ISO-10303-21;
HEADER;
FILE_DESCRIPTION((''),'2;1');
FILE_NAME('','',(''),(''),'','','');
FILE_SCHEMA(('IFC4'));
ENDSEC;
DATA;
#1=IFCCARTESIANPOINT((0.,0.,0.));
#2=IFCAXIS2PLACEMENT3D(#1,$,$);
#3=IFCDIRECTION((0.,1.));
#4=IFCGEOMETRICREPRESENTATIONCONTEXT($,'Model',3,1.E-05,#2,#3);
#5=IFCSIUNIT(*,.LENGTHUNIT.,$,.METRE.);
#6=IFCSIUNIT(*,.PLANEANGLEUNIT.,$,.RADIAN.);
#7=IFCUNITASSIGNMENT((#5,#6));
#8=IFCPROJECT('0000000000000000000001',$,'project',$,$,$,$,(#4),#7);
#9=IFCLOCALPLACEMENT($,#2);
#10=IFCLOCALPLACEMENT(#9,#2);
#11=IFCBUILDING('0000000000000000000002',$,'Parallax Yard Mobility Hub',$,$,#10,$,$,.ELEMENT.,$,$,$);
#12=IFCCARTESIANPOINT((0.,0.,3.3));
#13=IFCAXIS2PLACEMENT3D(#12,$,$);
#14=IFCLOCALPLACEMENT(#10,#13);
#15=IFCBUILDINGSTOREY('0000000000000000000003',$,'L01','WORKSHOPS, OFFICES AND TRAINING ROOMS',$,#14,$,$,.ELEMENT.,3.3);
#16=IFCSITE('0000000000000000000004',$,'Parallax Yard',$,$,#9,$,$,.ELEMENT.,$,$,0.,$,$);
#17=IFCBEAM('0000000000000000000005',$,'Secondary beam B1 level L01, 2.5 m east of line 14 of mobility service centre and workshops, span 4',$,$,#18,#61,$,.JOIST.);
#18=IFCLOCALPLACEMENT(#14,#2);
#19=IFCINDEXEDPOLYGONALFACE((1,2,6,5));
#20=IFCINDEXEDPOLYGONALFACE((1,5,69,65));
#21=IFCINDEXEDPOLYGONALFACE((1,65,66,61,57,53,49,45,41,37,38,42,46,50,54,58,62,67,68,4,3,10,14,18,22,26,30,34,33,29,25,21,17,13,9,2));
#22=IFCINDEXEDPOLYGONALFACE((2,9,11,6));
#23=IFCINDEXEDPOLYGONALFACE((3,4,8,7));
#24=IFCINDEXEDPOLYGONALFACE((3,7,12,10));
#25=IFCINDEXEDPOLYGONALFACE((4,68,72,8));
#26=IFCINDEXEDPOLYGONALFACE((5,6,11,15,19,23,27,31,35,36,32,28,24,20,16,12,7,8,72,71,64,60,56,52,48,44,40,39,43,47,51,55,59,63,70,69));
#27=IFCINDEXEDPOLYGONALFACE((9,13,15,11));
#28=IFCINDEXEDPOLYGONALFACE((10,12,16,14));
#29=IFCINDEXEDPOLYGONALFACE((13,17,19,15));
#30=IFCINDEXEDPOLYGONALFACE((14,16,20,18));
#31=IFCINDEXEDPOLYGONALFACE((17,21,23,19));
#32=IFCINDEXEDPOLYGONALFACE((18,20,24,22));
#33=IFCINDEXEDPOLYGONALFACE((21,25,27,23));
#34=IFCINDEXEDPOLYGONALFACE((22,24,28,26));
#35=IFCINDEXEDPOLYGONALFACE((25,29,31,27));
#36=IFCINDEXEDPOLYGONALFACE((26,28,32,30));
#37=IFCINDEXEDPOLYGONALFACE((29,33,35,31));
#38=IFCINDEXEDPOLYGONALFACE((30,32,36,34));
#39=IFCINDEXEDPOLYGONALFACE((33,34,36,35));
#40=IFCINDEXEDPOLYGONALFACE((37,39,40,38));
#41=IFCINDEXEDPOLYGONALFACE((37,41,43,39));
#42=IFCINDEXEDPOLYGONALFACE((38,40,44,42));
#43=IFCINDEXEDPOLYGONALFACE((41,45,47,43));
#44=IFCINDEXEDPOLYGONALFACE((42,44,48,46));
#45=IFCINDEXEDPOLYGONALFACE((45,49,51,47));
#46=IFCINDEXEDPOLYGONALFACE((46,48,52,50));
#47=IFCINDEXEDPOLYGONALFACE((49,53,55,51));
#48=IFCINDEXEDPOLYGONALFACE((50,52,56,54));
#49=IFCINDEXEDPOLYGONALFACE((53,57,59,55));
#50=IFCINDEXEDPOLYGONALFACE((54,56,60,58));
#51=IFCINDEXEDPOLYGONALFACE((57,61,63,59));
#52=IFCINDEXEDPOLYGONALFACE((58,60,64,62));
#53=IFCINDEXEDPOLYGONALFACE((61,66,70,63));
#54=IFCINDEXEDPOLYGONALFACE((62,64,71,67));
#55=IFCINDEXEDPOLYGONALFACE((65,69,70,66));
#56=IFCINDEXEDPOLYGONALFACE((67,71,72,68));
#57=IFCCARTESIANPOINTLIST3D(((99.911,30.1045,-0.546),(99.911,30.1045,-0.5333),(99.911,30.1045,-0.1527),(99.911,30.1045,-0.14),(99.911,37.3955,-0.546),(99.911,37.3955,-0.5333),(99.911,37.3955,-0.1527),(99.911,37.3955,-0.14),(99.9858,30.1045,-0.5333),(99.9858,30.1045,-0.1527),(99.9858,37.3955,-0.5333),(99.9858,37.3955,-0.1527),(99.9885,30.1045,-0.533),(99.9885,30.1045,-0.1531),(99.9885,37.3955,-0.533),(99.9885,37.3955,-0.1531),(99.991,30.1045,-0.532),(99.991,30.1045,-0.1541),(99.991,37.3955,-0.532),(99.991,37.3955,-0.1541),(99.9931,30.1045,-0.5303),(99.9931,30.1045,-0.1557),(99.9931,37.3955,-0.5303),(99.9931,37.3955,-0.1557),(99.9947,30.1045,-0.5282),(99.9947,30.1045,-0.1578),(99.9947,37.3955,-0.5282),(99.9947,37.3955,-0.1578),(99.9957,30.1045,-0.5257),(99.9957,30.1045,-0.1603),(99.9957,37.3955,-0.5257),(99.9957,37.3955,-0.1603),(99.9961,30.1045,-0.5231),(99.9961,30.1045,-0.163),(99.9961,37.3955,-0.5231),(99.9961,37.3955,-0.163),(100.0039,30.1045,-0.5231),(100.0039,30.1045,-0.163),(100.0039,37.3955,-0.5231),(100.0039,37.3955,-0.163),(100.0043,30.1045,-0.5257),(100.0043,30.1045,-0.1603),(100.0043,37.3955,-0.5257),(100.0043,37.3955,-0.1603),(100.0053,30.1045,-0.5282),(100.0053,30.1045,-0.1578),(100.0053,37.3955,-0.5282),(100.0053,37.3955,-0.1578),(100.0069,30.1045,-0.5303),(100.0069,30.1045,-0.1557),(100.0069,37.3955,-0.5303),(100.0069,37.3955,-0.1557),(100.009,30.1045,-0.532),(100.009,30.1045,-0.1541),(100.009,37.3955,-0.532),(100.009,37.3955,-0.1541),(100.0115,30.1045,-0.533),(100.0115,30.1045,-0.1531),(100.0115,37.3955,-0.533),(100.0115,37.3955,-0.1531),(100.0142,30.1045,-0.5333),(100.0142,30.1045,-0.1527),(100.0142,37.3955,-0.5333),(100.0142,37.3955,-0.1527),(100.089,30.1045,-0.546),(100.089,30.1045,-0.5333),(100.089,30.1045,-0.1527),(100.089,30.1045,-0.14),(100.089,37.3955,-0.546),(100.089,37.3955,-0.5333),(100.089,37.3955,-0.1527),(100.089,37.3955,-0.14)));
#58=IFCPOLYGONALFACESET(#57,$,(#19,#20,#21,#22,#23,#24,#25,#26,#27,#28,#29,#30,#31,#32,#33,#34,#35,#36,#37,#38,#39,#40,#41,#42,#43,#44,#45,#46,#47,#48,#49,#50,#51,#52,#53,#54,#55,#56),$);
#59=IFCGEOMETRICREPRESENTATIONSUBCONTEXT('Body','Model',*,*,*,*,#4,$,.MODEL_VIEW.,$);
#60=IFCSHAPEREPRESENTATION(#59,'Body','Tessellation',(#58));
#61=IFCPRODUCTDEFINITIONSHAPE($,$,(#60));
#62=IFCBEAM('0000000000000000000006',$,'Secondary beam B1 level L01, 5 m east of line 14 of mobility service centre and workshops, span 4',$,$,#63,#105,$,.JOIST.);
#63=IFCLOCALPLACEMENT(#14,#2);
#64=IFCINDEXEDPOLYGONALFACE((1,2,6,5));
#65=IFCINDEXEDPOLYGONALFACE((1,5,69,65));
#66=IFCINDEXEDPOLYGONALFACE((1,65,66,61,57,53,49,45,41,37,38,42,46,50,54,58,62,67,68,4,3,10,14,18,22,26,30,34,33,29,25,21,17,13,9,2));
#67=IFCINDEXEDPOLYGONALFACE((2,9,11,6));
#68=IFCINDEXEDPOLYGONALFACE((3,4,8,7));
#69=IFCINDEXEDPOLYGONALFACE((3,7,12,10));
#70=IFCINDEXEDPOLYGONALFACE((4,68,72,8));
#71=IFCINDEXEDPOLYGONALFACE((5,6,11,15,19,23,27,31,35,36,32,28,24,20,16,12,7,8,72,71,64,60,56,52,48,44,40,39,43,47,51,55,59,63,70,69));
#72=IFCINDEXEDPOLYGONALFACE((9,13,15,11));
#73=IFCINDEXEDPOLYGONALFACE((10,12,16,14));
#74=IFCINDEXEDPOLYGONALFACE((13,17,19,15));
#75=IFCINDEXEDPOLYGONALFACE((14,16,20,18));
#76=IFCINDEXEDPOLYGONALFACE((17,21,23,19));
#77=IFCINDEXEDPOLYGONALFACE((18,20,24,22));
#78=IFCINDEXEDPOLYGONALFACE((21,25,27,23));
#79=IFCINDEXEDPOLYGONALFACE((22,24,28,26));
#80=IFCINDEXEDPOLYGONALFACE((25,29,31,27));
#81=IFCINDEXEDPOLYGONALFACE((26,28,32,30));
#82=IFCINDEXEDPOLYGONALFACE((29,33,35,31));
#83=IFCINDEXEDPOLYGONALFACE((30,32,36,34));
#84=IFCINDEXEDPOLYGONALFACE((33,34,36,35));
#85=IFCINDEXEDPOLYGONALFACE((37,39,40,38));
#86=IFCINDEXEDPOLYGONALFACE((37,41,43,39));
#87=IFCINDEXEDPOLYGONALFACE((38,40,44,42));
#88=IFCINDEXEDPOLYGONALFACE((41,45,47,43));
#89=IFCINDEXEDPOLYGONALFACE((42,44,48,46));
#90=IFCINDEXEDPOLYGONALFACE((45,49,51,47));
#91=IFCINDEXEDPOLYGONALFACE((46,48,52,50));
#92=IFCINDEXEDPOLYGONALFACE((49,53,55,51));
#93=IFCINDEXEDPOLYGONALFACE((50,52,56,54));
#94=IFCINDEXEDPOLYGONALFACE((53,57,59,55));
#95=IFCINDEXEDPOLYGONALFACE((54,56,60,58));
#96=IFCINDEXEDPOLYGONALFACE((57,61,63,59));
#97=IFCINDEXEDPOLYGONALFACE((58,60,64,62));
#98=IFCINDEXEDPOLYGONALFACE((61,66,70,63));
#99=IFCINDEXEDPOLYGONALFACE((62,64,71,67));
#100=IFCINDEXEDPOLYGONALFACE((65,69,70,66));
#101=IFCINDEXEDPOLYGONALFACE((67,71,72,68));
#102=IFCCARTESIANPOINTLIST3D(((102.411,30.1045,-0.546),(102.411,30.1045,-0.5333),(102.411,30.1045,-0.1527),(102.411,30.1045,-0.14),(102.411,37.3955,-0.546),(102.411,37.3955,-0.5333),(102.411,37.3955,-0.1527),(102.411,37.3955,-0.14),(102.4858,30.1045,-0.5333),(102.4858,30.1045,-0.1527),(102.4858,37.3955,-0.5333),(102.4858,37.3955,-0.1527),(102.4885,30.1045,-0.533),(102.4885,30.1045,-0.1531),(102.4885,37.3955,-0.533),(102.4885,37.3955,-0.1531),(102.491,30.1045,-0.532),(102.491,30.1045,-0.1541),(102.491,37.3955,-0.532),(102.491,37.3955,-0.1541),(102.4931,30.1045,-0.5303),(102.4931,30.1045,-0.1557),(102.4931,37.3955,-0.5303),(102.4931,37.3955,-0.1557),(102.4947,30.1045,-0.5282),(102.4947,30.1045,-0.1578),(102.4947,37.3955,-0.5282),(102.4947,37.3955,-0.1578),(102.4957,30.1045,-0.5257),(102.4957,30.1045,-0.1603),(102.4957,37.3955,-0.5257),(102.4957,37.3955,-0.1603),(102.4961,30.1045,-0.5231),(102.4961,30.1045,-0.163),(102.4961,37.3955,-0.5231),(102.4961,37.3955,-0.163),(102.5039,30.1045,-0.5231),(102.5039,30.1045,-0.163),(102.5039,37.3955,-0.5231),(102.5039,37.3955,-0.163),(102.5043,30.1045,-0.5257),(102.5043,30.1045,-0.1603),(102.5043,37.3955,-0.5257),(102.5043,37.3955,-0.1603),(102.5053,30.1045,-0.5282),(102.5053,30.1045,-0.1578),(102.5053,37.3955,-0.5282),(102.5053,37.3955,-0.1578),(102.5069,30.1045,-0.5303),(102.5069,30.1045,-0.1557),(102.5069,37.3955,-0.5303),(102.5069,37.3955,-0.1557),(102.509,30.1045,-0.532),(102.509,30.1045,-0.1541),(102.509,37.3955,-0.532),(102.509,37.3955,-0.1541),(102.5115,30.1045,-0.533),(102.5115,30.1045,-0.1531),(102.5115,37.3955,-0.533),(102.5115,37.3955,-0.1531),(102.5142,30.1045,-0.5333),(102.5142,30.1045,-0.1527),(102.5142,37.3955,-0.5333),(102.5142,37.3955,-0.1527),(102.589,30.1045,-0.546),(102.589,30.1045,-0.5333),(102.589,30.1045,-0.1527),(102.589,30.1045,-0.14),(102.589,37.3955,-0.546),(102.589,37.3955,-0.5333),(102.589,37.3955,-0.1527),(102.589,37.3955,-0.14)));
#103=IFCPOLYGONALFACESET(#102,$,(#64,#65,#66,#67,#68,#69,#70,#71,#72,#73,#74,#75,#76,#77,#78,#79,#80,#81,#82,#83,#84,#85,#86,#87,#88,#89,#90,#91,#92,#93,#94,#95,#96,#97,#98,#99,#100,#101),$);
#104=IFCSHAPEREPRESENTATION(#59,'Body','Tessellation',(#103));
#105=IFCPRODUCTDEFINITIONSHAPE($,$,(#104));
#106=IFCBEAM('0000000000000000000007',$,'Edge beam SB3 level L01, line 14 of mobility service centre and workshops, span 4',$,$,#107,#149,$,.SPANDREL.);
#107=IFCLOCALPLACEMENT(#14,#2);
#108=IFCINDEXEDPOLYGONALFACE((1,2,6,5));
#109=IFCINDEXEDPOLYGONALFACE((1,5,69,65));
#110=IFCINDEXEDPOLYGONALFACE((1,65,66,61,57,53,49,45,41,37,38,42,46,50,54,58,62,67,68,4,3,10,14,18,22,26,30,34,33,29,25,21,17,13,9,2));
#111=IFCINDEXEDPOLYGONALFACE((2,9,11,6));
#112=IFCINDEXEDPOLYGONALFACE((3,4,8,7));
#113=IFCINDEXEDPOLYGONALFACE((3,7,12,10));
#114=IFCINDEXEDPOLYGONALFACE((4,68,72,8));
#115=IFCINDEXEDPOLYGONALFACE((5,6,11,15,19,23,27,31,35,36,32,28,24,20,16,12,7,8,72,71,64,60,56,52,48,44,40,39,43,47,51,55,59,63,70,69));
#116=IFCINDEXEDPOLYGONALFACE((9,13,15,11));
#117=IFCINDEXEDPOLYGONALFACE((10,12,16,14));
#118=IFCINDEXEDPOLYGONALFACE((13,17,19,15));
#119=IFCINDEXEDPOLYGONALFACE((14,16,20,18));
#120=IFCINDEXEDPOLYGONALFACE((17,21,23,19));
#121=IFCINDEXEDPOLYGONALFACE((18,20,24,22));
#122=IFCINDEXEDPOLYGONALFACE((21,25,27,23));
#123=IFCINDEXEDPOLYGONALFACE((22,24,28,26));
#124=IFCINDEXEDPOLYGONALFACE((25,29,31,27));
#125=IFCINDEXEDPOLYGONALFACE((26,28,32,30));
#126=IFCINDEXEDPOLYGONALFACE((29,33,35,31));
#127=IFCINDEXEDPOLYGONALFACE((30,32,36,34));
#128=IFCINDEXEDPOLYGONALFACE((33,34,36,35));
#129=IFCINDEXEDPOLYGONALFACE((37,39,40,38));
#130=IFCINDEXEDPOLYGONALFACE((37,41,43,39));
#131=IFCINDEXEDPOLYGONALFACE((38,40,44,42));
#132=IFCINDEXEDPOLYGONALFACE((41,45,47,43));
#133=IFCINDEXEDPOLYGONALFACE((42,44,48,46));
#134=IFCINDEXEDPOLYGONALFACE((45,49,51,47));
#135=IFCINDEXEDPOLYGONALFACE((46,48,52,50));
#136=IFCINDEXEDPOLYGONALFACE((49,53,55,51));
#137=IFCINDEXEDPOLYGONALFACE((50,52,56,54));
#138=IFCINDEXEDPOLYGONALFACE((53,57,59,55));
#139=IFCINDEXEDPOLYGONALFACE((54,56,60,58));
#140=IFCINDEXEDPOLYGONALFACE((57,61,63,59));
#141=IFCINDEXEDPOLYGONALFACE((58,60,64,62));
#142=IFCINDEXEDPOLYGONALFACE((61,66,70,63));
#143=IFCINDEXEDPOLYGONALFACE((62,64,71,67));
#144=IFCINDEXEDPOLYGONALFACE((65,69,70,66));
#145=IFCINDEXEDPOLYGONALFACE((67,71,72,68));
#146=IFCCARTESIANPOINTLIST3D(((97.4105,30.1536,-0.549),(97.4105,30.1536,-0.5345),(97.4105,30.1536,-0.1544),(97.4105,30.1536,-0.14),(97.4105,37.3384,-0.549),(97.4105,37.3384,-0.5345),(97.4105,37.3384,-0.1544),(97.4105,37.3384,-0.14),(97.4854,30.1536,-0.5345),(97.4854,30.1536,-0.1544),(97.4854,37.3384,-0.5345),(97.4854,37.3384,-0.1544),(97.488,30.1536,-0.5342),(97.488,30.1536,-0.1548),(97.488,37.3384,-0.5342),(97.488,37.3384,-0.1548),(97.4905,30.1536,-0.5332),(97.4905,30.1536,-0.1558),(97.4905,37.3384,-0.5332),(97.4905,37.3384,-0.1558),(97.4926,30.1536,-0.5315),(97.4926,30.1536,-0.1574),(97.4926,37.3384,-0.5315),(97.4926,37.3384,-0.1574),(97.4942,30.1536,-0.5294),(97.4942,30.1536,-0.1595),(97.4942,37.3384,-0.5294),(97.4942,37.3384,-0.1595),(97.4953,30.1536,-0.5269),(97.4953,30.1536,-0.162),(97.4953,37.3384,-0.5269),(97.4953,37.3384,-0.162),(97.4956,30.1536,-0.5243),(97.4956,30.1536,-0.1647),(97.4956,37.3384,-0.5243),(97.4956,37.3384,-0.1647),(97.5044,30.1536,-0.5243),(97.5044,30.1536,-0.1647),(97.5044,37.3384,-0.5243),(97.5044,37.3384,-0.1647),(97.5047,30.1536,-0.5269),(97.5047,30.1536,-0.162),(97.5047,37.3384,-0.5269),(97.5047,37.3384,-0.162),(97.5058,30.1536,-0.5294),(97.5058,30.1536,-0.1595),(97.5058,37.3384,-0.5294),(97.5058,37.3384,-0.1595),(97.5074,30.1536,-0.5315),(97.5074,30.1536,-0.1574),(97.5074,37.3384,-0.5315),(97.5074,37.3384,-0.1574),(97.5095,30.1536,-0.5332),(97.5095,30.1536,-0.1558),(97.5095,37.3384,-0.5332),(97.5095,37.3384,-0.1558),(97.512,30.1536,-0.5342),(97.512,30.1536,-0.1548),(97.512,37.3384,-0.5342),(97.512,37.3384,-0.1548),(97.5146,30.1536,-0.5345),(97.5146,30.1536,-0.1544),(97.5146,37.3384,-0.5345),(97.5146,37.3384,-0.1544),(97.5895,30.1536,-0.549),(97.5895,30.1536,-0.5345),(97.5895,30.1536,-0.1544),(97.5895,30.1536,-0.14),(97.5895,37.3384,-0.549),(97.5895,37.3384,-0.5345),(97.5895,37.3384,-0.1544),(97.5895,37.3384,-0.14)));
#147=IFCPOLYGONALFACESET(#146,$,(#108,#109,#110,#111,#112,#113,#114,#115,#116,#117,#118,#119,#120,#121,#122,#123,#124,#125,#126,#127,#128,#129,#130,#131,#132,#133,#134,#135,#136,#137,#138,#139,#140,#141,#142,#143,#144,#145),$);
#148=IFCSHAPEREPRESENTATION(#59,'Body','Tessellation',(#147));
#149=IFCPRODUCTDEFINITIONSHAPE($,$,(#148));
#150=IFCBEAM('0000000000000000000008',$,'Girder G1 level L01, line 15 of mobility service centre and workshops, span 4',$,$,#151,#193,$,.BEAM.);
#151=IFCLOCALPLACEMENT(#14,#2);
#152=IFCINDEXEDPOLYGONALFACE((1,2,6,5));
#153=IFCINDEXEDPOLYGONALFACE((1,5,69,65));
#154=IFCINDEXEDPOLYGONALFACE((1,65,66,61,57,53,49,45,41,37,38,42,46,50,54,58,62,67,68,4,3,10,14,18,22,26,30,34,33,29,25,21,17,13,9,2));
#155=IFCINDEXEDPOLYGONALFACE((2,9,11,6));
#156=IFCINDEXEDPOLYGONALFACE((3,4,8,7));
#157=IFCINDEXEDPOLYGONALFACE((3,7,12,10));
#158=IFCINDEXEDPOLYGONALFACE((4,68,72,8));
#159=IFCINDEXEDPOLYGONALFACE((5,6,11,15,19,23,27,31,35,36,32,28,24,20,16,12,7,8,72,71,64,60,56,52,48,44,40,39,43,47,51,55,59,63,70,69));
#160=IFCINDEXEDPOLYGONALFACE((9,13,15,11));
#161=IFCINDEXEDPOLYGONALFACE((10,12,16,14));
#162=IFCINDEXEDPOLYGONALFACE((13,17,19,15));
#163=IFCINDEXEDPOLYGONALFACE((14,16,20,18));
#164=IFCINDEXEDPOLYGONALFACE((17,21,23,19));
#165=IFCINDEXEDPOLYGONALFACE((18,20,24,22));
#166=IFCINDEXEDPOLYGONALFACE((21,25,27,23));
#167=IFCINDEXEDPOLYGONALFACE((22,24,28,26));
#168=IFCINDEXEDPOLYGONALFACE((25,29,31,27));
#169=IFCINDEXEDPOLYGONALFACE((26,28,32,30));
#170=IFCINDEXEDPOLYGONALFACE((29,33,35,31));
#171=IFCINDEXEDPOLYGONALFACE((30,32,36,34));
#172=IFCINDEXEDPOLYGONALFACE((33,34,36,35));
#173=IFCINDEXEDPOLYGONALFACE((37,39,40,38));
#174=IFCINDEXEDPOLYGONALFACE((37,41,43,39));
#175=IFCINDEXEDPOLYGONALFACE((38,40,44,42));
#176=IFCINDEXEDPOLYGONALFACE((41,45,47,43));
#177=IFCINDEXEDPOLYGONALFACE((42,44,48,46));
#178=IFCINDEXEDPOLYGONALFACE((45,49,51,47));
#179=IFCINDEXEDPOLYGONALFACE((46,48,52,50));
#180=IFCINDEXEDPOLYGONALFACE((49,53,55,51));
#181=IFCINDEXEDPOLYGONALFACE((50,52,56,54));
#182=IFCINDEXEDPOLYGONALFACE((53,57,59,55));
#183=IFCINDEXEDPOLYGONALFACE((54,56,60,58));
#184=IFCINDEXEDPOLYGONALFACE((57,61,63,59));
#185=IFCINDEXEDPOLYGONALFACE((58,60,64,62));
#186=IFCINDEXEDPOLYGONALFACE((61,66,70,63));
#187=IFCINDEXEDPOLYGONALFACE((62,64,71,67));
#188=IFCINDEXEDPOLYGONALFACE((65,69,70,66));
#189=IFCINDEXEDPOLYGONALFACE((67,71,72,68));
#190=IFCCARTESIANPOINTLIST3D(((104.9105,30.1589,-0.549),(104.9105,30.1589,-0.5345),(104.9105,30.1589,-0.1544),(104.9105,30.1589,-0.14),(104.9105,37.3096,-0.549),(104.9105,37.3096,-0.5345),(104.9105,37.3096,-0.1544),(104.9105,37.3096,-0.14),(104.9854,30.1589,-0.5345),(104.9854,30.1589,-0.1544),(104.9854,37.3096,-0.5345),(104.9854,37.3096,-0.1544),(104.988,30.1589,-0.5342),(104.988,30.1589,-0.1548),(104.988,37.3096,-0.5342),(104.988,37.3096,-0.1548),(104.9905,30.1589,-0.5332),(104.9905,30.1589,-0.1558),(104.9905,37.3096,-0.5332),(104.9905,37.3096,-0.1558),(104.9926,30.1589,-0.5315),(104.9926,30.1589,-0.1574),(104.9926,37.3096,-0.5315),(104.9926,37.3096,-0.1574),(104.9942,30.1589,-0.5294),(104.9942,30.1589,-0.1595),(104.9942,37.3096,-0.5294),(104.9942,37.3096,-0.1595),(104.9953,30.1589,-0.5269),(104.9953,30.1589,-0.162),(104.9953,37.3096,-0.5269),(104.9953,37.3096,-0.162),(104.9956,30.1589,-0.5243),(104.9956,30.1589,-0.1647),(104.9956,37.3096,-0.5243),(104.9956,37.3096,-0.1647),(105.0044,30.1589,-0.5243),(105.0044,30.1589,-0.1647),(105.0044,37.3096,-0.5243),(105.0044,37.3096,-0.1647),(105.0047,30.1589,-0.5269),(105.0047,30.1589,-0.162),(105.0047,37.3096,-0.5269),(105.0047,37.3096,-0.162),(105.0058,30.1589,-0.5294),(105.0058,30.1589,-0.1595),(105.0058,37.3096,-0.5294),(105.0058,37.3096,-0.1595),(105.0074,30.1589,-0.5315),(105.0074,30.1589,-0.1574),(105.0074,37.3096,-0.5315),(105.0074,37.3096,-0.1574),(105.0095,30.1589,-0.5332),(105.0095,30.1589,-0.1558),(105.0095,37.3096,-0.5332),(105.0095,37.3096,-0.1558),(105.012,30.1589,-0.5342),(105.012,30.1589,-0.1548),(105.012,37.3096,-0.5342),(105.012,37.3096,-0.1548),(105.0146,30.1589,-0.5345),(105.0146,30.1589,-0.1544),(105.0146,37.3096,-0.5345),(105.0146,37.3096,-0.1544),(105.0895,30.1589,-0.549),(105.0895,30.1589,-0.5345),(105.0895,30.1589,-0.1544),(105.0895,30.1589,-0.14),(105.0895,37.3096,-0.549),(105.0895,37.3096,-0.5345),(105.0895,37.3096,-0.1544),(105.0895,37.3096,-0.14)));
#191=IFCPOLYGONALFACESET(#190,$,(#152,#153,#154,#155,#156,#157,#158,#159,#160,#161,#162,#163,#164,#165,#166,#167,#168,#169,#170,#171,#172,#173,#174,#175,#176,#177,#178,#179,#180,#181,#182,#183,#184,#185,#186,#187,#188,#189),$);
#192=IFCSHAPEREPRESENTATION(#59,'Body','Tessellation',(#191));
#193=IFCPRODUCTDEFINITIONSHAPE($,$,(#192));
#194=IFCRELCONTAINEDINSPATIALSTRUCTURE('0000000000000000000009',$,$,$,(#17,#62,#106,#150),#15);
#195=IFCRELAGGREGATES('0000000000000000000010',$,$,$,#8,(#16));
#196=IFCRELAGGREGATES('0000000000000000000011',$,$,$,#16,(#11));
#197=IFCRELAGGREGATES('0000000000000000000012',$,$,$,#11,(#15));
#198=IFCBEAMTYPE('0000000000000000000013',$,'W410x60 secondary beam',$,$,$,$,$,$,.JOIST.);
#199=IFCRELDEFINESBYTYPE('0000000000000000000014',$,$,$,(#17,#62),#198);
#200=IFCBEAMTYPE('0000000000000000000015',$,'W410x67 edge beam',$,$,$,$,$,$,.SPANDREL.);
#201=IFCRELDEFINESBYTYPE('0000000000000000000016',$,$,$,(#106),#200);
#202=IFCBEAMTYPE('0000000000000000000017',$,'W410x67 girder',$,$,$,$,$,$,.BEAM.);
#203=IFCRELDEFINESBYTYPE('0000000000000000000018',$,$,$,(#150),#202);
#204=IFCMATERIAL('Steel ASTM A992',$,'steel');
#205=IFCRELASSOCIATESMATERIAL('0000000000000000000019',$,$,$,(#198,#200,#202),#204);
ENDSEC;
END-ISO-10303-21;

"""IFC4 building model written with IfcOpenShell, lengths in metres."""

from ifc_helpers import new_model, si_unit, direction, frame, origin, origin_2d, place, context, subcontext, project, spatial, i_section, extrude, material, material_profile, profile_set, type_object, element, save


model = new_model("IFC4")

# Units and contexts
model_context = context("Model", 3, precision=1e-05, world=origin(), true_north=direction((0.0, 1.0)))
body_context = subcontext(model_context, "Body", "Model", "MODEL_VIEW")
ifc_project = project(units=[si_unit("LENGTHUNIT", "METRE"), si_unit("PLANEANGLEUNIT", "RADIAN")], contexts=[model_context])

# Site, building, storey
site_placement = place(None, origin())
site = spatial("IfcSite", under=ifc_project, at=site_placement, Name="Parallax Yard", CompositionType="ELEMENT", RefElevation=0.0)
building_placement = place(site_placement, origin())
building = spatial("IfcBuilding", under=site, at=building_placement, Name="Parallax Yard Mobility Hub", CompositionType="ELEMENT")
storey_placement = place(building_placement, frame((0.0, 0.0, 3.3)))
storey = spatial("IfcBuildingStorey", under=building, at=storey_placement, Name="L01", Description="WORKSHOPS, OFFICES AND TRAINING ROOMS", CompositionType="ELEMENT", Elevation=3.3)

# Shared definitions
ifc_material_1 = material(Name="Steel ASTM A992", Category="steel")

# Beams
ifc_material_profile_1 = material_profile(ifc_material_1, i_section(OverallWidth=0.178, OverallDepth=0.406, WebThickness=0.0078, FlangeThickness=0.0127, FilletRadius=0.0103, at=origin_2d()), Name="W410x60")
ifc_profile_set_1 = profile_set([ifc_material_profile_1], Name="Steel ASTM A992")
beam_type_1 = type_object("IfcBeamType", Name="W410x60 secondary beam", PredefinedType="JOIST", material=ifc_profile_set_1)
for number, where, z_axis, x_axis, name in (
    (1, (100.0, 30.1045, -0.343), (0.0, 1.0, 0.0), (-1.0, 0.0, 0.0), "Secondary beam B1 level L01, 2.5 m east of line 14 of mobility service centre and workshops, span 4"),
    (2, (102.5, 30.1045, -0.343), (0.0, 1.0, 0.0), (-1.0, 0.0, 0.0), "Secondary beam B1 level L01, 5 m east of line 14 of mobility service centre and workshops, span 4"),
):
    element("IfcBeam", number, at=place(storey_placement, frame(where, z_axis=z_axis, x_axis=x_axis)), inside=storey, type_object=beam_type_1, Name=name, PredefinedType="JOIST", context=body_context, shape_type="SweptSolid", body=[
        extrude(i_section(OverallWidth=0.178, OverallDepth=0.406, WebThickness=0.0078, FlangeThickness=0.0127, FilletRadius=0.0103, at=origin_2d()), origin(), (0.0, 0.0, 1.0), 7.291),
    ])
ifc_material_profile_2 = material_profile(ifc_material_1, i_section(OverallWidth=0.179, OverallDepth=0.4089, WebThickness=0.0088, FlangeThickness=0.0144, FilletRadius=0.0103, at=origin_2d()), Name="W410x67")
ifc_profile_set_2 = profile_set([ifc_material_profile_2], Name="Steel ASTM A992")
beam_type_2 = type_object("IfcBeamType", Name="W410x67 edge beam", PredefinedType="SPANDREL", material=ifc_profile_set_2)
beam_1_placement = place(storey_placement, frame((97.5, 30.1536, -0.3445), z_axis=(0.0, 1.0, 0.0), x_axis=(-1.0, 0.0, 0.0)))
element("IfcBeam", 3, at=beam_1_placement, inside=storey, type_object=beam_type_2, Name="Edge beam SB3 level L01, line 14 of mobility service centre and workshops, span 4", PredefinedType="SPANDREL", context=body_context, shape_type="SweptSolid", body=[
    extrude(i_section(OverallWidth=0.179, OverallDepth=0.4089, WebThickness=0.0088, FlangeThickness=0.0144, FilletRadius=0.0103, at=origin_2d()), origin(), (0.0, 0.0, 1.0), 7.1848),
])
ifc_material_profile_3 = material_profile(ifc_material_1, i_section(OverallWidth=0.179, OverallDepth=0.4089, WebThickness=0.0088, FlangeThickness=0.0144, FilletRadius=0.0103, at=origin_2d()), Name="W410x67")
ifc_profile_set_3 = profile_set([ifc_material_profile_3], Name="Steel ASTM A992")
beam_type_3 = type_object("IfcBeamType", Name="W410x67 girder", PredefinedType="BEAM", material=ifc_profile_set_3)
beam_2_placement = place(storey_placement, frame((105.0, 30.1589, -0.3445), z_axis=(0.0, 1.0, 0.0), x_axis=(-1.0, 0.0, 0.0)))
element("IfcBeam", 4, at=beam_2_placement, inside=storey, type_object=beam_type_3, Name="Girder G1 level L01, line 15 of mobility service centre and workshops, span 4", PredefinedType="BEAM", context=body_context, shape_type="SweptSolid", body=[
    extrude(i_section(OverallWidth=0.179, OverallDepth=0.4089, WebThickness=0.0088, FlangeThickness=0.0144, FilletRadius=0.0103, at=origin_2d()), origin(), (0.0, 0.0, 1.0), 7.1506),
])

save(model, "model.ifc")
